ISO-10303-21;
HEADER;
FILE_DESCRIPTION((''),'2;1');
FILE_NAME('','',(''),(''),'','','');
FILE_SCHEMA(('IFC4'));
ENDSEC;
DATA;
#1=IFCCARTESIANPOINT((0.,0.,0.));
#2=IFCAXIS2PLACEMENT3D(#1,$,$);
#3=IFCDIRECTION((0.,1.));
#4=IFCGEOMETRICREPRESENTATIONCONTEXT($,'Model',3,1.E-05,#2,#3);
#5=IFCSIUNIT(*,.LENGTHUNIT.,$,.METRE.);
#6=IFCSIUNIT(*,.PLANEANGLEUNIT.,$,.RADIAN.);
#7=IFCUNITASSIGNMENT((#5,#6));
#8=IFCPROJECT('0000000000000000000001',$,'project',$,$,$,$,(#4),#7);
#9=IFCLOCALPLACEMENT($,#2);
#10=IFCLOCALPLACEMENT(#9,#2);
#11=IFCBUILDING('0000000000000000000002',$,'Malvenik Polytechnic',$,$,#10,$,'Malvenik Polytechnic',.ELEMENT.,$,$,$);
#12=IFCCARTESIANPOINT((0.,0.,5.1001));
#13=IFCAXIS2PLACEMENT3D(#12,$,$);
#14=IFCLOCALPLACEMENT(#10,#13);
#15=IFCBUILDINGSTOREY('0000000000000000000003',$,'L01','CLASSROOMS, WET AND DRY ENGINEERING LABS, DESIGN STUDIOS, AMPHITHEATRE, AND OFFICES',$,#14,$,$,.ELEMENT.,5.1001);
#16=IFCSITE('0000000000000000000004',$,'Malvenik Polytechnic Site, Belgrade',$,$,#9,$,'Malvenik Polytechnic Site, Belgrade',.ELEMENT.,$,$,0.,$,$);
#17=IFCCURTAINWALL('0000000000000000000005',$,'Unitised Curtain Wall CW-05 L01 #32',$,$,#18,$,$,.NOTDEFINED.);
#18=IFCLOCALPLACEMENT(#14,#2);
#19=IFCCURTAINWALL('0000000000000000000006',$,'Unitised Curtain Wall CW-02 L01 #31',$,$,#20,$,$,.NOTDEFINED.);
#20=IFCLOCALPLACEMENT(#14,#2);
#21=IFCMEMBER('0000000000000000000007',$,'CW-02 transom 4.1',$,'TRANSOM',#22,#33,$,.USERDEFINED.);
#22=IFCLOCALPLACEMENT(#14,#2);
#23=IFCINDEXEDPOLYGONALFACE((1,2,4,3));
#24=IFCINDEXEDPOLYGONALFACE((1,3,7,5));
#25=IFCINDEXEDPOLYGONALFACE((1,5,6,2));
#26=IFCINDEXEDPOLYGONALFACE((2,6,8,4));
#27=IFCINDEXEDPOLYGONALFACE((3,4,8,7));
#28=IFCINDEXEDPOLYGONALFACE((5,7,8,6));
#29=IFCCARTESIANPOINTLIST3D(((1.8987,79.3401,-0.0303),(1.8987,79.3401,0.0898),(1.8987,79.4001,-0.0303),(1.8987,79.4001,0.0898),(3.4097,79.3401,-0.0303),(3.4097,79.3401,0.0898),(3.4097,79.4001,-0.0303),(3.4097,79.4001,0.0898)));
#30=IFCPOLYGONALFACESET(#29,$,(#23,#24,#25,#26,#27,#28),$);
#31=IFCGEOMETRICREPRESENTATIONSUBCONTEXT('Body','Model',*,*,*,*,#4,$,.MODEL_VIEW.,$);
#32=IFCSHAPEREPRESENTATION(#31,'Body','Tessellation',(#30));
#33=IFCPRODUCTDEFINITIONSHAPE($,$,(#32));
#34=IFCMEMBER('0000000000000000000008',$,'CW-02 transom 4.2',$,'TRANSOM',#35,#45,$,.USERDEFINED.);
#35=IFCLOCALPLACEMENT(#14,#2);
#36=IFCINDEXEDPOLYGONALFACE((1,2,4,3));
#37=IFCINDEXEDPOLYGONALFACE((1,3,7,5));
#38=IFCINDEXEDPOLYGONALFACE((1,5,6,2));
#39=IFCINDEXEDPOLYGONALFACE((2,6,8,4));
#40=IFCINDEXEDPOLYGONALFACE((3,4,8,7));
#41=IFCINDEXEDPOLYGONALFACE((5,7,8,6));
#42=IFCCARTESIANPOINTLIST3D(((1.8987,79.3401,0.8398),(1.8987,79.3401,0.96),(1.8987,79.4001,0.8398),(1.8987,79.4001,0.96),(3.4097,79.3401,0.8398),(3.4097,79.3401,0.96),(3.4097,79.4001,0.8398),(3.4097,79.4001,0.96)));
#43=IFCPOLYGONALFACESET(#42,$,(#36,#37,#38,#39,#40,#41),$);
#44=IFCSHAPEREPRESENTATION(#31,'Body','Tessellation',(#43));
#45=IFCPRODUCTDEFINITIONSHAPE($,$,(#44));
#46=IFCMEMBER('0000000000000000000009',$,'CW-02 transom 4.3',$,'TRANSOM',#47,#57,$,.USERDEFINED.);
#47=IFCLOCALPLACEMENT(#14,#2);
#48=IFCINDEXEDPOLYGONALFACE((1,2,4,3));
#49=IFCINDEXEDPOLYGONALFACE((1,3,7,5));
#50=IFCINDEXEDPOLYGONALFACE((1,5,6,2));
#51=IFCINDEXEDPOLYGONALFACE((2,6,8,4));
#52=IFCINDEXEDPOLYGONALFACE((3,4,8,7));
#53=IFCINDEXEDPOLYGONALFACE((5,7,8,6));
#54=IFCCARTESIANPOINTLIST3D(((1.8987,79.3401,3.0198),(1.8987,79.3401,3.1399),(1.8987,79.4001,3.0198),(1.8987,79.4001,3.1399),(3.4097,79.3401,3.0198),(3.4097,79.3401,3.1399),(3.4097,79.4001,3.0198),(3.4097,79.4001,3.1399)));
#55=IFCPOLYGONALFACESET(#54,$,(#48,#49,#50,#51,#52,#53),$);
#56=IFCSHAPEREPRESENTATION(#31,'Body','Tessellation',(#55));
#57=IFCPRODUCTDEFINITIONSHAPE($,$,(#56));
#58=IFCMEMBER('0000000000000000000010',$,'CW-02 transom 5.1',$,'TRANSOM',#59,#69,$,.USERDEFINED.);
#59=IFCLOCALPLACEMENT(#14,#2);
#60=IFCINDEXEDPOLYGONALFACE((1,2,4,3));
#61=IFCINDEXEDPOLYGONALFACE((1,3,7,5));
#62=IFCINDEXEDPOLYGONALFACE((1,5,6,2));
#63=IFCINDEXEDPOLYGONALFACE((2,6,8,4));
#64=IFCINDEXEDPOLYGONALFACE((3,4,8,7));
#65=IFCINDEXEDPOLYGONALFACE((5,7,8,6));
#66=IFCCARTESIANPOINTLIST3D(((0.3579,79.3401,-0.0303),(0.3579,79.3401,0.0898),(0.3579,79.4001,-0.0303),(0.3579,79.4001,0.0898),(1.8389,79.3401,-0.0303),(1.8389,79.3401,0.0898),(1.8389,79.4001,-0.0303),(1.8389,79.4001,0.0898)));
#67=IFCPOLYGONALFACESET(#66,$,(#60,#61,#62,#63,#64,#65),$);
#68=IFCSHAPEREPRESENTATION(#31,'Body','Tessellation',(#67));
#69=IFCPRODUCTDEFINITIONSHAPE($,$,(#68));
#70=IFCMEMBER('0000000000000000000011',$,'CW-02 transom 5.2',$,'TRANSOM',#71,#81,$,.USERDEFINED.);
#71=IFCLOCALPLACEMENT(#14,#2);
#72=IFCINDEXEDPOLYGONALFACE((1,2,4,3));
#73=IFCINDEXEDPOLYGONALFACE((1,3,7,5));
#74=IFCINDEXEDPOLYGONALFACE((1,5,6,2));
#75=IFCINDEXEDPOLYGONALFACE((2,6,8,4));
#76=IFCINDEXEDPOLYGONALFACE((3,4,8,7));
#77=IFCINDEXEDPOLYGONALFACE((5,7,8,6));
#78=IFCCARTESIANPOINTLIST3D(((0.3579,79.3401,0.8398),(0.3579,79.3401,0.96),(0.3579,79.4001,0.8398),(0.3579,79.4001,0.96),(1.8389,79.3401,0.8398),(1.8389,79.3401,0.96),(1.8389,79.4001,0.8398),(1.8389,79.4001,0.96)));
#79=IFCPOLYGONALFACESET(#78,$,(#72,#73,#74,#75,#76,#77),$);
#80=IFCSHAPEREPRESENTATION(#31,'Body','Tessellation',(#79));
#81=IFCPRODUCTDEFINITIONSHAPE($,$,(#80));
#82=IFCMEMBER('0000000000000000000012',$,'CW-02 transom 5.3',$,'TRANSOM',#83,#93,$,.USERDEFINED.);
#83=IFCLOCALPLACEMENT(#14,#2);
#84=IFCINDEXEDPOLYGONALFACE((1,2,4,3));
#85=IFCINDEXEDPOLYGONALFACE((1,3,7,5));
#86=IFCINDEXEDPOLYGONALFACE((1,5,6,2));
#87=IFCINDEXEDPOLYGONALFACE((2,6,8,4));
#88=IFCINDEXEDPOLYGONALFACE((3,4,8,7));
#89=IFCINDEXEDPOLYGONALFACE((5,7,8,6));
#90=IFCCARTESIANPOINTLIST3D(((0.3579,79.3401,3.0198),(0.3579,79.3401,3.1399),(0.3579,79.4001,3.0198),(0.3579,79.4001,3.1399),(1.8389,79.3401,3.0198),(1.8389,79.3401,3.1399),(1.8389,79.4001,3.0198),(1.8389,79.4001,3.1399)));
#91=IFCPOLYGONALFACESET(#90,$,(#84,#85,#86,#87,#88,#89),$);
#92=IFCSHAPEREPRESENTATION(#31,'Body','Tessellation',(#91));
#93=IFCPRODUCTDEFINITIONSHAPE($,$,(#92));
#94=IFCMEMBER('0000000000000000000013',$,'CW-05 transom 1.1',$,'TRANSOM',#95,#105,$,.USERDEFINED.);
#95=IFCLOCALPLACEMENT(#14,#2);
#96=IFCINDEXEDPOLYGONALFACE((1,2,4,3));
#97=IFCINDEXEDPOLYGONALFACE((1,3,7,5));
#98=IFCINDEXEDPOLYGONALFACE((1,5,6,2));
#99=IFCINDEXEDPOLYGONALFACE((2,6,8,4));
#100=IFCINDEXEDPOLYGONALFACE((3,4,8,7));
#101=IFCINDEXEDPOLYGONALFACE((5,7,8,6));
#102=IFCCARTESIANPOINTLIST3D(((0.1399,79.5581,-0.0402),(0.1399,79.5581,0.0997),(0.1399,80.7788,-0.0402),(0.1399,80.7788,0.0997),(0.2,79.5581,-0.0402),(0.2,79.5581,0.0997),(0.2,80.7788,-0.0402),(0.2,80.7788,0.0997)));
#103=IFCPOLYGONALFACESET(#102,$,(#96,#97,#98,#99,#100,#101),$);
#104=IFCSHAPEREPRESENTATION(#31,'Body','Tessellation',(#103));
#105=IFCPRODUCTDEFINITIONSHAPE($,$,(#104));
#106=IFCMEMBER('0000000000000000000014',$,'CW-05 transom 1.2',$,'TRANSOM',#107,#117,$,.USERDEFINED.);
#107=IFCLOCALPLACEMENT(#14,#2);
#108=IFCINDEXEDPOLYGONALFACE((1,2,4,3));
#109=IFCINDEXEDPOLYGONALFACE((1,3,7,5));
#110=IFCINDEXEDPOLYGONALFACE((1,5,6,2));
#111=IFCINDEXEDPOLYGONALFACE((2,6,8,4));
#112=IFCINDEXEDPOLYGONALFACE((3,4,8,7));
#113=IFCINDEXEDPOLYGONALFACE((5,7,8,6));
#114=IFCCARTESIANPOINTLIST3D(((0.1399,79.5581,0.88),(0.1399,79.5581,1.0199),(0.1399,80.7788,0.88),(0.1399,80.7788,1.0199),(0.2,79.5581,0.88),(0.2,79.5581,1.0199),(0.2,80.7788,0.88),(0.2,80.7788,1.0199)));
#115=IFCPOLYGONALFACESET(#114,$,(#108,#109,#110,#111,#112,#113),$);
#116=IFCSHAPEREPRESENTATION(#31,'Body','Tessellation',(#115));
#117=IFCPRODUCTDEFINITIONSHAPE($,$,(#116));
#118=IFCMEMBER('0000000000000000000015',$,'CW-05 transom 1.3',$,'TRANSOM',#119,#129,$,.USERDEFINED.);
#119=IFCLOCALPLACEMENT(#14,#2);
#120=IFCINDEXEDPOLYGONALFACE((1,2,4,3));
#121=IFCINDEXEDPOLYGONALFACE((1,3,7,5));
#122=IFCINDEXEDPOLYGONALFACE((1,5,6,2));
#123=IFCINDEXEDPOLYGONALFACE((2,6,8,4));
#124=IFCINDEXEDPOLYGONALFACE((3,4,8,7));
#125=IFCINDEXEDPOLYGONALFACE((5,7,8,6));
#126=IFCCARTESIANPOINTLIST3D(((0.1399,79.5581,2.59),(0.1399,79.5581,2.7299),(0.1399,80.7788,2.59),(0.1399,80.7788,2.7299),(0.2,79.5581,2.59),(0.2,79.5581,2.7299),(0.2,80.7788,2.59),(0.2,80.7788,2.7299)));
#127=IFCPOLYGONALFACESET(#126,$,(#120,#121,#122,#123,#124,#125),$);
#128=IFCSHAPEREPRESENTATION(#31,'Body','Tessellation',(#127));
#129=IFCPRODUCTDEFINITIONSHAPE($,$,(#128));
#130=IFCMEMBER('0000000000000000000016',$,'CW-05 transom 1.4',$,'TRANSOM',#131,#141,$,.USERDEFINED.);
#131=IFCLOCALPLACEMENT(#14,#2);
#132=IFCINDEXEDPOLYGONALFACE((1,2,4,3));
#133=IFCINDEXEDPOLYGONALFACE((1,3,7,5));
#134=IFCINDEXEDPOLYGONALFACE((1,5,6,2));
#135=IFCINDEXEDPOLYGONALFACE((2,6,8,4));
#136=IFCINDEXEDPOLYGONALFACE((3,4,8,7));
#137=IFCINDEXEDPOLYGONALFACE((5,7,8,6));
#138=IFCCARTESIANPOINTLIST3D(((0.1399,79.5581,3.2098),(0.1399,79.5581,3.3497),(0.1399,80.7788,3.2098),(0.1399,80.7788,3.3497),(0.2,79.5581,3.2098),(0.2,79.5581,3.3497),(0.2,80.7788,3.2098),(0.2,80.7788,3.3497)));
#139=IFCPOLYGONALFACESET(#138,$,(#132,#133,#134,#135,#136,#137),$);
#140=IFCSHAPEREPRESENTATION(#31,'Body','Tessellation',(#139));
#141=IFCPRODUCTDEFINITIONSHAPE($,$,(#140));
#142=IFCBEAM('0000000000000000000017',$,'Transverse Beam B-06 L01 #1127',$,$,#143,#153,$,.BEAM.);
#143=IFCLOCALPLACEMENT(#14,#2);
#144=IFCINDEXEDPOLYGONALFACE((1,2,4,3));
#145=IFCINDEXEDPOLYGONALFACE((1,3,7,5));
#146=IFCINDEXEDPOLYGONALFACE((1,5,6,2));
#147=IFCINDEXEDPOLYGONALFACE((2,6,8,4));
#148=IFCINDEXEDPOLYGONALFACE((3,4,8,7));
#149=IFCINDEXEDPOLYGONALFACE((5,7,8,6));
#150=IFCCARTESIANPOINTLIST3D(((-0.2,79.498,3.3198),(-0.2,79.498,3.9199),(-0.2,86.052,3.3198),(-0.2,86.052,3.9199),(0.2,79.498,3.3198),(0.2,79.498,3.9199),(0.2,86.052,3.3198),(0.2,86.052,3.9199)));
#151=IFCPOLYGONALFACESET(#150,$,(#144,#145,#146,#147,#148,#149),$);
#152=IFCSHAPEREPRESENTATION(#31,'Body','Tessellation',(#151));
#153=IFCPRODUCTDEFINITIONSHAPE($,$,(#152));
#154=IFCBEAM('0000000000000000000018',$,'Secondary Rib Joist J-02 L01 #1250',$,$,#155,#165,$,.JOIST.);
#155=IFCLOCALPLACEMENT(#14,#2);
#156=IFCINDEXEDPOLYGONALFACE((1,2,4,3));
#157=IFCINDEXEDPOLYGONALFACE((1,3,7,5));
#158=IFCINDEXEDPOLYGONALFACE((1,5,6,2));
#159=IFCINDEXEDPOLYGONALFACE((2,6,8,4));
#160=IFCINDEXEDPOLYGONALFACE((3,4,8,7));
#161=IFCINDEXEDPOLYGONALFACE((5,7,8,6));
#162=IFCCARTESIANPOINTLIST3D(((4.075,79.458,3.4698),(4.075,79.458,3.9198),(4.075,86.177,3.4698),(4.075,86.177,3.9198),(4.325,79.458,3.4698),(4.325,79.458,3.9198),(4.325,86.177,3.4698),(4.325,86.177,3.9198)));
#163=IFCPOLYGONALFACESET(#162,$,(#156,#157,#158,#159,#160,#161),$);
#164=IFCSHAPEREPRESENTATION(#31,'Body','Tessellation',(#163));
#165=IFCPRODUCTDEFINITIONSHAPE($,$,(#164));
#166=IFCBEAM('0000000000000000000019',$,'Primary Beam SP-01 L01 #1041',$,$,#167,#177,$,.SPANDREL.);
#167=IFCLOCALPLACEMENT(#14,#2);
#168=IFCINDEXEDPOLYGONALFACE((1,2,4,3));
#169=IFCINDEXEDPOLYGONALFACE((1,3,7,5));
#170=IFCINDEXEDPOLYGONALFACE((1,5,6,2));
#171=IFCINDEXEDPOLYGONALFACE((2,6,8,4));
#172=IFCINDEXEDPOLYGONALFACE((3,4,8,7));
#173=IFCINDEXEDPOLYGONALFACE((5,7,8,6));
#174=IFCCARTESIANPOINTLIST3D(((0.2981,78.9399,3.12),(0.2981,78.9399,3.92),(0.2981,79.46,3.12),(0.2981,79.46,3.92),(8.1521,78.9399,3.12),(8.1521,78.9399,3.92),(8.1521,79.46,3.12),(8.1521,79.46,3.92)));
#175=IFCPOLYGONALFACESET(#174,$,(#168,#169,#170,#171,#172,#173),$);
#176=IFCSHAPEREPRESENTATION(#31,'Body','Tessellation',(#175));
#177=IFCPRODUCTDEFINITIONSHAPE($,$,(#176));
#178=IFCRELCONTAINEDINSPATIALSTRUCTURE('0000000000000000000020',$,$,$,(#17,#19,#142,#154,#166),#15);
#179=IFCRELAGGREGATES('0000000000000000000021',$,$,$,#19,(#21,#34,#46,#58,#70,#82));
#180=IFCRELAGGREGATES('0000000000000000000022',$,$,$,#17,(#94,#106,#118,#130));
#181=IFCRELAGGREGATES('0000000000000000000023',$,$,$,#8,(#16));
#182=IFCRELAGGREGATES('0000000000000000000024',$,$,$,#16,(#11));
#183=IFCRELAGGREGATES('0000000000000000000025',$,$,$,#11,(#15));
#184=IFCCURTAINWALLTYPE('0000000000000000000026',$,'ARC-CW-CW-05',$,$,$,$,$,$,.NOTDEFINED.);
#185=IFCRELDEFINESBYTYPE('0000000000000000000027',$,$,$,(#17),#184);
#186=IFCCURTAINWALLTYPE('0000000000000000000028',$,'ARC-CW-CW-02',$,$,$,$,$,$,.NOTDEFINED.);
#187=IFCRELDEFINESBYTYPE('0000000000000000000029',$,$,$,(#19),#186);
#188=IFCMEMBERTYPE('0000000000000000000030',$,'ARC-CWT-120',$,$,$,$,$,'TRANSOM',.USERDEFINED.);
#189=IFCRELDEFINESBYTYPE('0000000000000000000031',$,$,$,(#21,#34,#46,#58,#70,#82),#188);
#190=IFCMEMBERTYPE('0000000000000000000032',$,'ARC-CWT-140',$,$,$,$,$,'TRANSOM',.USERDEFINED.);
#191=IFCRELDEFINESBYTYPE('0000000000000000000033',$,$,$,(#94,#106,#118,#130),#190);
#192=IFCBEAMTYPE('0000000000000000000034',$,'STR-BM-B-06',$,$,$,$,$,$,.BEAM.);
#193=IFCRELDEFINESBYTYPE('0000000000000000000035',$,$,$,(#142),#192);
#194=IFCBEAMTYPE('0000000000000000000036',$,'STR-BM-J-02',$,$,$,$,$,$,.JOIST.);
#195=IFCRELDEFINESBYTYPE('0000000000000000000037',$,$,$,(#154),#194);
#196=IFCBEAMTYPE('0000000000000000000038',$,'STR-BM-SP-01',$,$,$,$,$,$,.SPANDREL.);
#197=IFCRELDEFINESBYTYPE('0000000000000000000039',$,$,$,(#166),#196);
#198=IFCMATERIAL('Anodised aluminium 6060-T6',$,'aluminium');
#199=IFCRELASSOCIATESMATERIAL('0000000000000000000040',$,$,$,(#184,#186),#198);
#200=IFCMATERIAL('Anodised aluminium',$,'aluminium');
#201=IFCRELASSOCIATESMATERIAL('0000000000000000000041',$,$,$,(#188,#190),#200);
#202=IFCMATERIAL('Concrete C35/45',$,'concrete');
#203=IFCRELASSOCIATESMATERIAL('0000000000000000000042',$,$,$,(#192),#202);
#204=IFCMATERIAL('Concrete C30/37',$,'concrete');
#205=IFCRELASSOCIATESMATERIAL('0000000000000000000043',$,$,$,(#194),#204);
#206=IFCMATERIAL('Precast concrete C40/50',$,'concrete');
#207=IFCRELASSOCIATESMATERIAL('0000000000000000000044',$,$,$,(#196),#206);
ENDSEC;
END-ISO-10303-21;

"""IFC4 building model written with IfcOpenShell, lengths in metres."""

from ifc_helpers import new_model, si_unit, direction, frame, origin, origin_2d, place, context, subcontext, project, spatial, rectangle, extrude, material, material_profile, profile_set, type_object, element, aggregate, save


model = new_model("IFC4")

# Units and contexts
model_context = context("Model", 3, precision=1e-05, world=origin(), true_north=direction((0.0, 1.0)))
body_context = subcontext(model_context, "Body", "Model", "MODEL_VIEW")
ifc_project = project(units=[si_unit("LENGTHUNIT", "METRE"), si_unit("PLANEANGLEUNIT", "RADIAN")], contexts=[model_context])

# Site, building, storey
site_placement = place(None, origin())
site = spatial("IfcSite", under=ifc_project, at=site_placement, Name="Malvenik Polytechnic Site, Belgrade", LongName="Malvenik Polytechnic Site, Belgrade", CompositionType="ELEMENT", RefElevation=0.0)
building_placement = place(site_placement, origin())
building = spatial("IfcBuilding", under=site, at=building_placement, Name="Malvenik Polytechnic", LongName="Malvenik Polytechnic", CompositionType="ELEMENT")
storey_placement = place(building_placement, frame((0.0, 0.0, 5.1001)))
storey = spatial("IfcBuildingStorey", under=building, at=storey_placement, Name="L01", Description="CLASSROOMS, WET AND DRY ENGINEERING LABS, DESIGN STUDIOS, AMPHITHEATRE, AND OFFICES", CompositionType="ELEMENT", Elevation=5.1001)

# Shared definitions
ifc_material_1 = material(Name="Concrete C35/45", Category="concrete")

# Curtain walls, members
ifc_material_2 = material(Name="Anodised aluminium 6060-T6", Category="aluminium")
curtain_wall_type_1 = type_object("IfcCurtainWallType", Name="ARC-CW-CW-05", PredefinedType="NOTDEFINED", material=ifc_material_2)
curtain_wall_1_placement = place(storey_placement, origin())
curtain_wall_1 = element("IfcCurtainWall", 1, at=curtain_wall_1_placement, inside=storey, type_object=curtain_wall_type_1, Name="Unitised Curtain Wall CW-05 L01 #32", PredefinedType="NOTDEFINED")
ifc_material_3 = material(Name="Anodised aluminium", Category="aluminium")
curtain_wall_type_2 = type_object("IfcCurtainWallType", Name="ARC-CW-CW-02", PredefinedType="NOTDEFINED", material=ifc_material_2)
curtain_wall_2_placement = place(storey_placement, origin())
curtain_wall_2 = element("IfcCurtainWall", 2, at=curtain_wall_2_placement, inside=storey, type_object=curtain_wall_type_2, Name="Unitised Curtain Wall CW-02 L01 #31", PredefinedType="NOTDEFINED")
ifc_material_profile_1 = material_profile(ifc_material_3, rectangle(XDim=0.0601, YDim=0.1201, at=origin_2d()), Name="ALU TRANSOM 60x120")
ifc_profile_set_1 = profile_set([ifc_material_profile_1], Name="Anodised aluminium")
member_type_1 = type_object("IfcMemberType", Name="ARC-CWT-120", ElementType="TRANSOM", PredefinedType="USERDEFINED", material=ifc_profile_set_1)
member_1_placement = place(storey_placement, frame((3.4097, 79.3701, 0.0298), z_axis=(-1.0, 0.0, 0.0), x_axis=(0.0, -1.0, 0.0)))
member_1 = element("IfcMember", 3, at=member_1_placement, type_object=member_type_1, Name="CW-02 transom 4.1", ObjectType="TRANSOM", PredefinedType="USERDEFINED", context=body_context, shape_type="SweptSolid", body=[
    extrude(rectangle(XDim=0.0601, YDim=0.1201, at=origin_2d()), origin(), (0.0, 0.0, 1.0), 1.511),
])
member_2_placement = place(storey_placement, frame((3.4097, 79.3701, 0.8999), z_axis=(-1.0, 0.0, 0.0), x_axis=(0.0, -1.0, 0.0)))
member_2 = element("IfcMember", 4, at=member_2_placement, type_object=member_type_1, Name="CW-02 transom 4.2", ObjectType="TRANSOM", PredefinedType="USERDEFINED", context=body_context, shape_type="SweptSolid", body=[
    extrude(rectangle(XDim=0.0601, YDim=0.1201, at=origin_2d()), origin(), (0.0, 0.0, 1.0), 1.511),
])
member_3_placement = place(storey_placement, frame((3.4097, 79.3701, 3.0798), z_axis=(-1.0, 0.0, 0.0), x_axis=(0.0, -1.0, 0.0)))
member_3 = element("IfcMember", 5, at=member_3_placement, type_object=member_type_1, Name="CW-02 transom 4.3", ObjectType="TRANSOM", PredefinedType="USERDEFINED", context=body_context, shape_type="SweptSolid", body=[
    extrude(rectangle(XDim=0.0601, YDim=0.1201, at=origin_2d()), origin(), (0.0, 0.0, 1.0), 1.511),
])
member_4_placement = place(storey_placement, frame((1.8389, 79.3701, 0.0298), z_axis=(-1.0, 0.0, 0.0), x_axis=(0.0, -1.0, 0.0)))
member_4 = element("IfcMember", 6, at=member_4_placement, type_object=member_type_1, Name="CW-02 transom 5.1", ObjectType="TRANSOM", PredefinedType="USERDEFINED", context=body_context, shape_type="SweptSolid", body=[
    extrude(rectangle(XDim=0.0601, YDim=0.1201, at=origin_2d()), origin(), (0.0, 0.0, 1.0), 1.481),
])
member_5_placement = place(storey_placement, frame((1.8389, 79.3701, 0.8999), z_axis=(-1.0, 0.0, 0.0), x_axis=(0.0, -1.0, 0.0)))
member_5 = element("IfcMember", 7, at=member_5_placement, type_object=member_type_1, Name="CW-02 transom 5.2", ObjectType="TRANSOM", PredefinedType="USERDEFINED", context=body_context, shape_type="SweptSolid", body=[
    extrude(rectangle(XDim=0.0601, YDim=0.1201, at=origin_2d()), origin(), (0.0, 0.0, 1.0), 1.481),
])
member_6_placement = place(storey_placement, frame((1.8389, 79.3701, 3.0798), z_axis=(-1.0, 0.0, 0.0), x_axis=(0.0, -1.0, 0.0)))
member_6 = element("IfcMember", 8, at=member_6_placement, type_object=member_type_1, Name="CW-02 transom 5.3", ObjectType="TRANSOM", PredefinedType="USERDEFINED", context=body_context, shape_type="SweptSolid", body=[
    extrude(rectangle(XDim=0.0601, YDim=0.1201, at=origin_2d()), origin(), (0.0, 0.0, 1.0), 1.481),
])

# Members
ifc_material_profile_2 = material_profile(ifc_material_3, rectangle(XDim=0.0601, YDim=0.1399, at=origin_2d()), Name="ALU TRANSOM 60x140")
ifc_profile_set_2 = profile_set([ifc_material_profile_2], Name="Anodised aluminium")
member_type_2 = type_object("IfcMemberType", Name="ARC-CWT-140", ElementType="TRANSOM", PredefinedType="USERDEFINED", material=ifc_profile_set_2)
member_7_placement = place(storey_placement, frame((0.1699, 79.5581, 0.0298), z_axis=(0.0, 1.0, 0.0), x_axis=(-1.0, 0.0, 0.0)))
member_7 = element("IfcMember", 9, at=member_7_placement, type_object=member_type_2, Name="CW-05 transom 1.1", ObjectType="TRANSOM", PredefinedType="USERDEFINED", context=body_context, shape_type="SweptSolid", body=[
    extrude(rectangle(XDim=0.0601, YDim=0.1399, at=origin_2d()), origin(), (0.0, 0.0, 1.0), 1.2207),
])
member_8_placement = place(storey_placement, frame((0.1699, 79.5581, 0.95), z_axis=(0.0, 1.0, 0.0), x_axis=(-1.0, 0.0, 0.0)))
member_8 = element("IfcMember", 10, at=member_8_placement, type_object=member_type_2, Name="CW-05 transom 1.2", ObjectType="TRANSOM", PredefinedType="USERDEFINED", context=body_context, shape_type="SweptSolid", body=[
    extrude(rectangle(XDim=0.0601, YDim=0.1399, at=origin_2d()), origin(), (0.0, 0.0, 1.0), 1.2207),
])
member_9_placement = place(storey_placement, frame((0.1699, 79.5581, 2.6599), z_axis=(0.0, 1.0, 0.0), x_axis=(-1.0, 0.0, 0.0)))
member_9 = element("IfcMember", 11, at=member_9_placement, type_object=member_type_2, Name="CW-05 transom 1.3", ObjectType="TRANSOM", PredefinedType="USERDEFINED", context=body_context, shape_type="SweptSolid", body=[
    extrude(rectangle(XDim=0.0601, YDim=0.1399, at=origin_2d()), origin(), (0.0, 0.0, 1.0), 1.2207),
])
member_10_placement = place(storey_placement, frame((0.1699, 79.5581, 3.2798), z_axis=(0.0, 1.0, 0.0), x_axis=(-1.0, 0.0, 0.0)))
member_10 = element("IfcMember", 12, at=member_10_placement, type_object=member_type_2, Name="CW-05 transom 1.4", ObjectType="TRANSOM", PredefinedType="USERDEFINED", context=body_context, shape_type="SweptSolid", body=[
    extrude(rectangle(XDim=0.0601, YDim=0.1399, at=origin_2d()), origin(), (0.0, 0.0, 1.0), 1.2207),
])

# Beams
ifc_material_profile_3 = material_profile(ifc_material_1, rectangle(XDim=0.3999, YDim=0.6001, at=origin_2d()), Name="RC BM 400x600")
ifc_profile_set_3 = profile_set([ifc_material_profile_3], Name="Concrete C35/45")
beam_type_1 = type_object("IfcBeamType", Name="STR-BM-B-06", PredefinedType="BEAM", material=ifc_profile_set_3)
beam_1_placement = place(storey_placement, frame((0.0, 79.498, 3.6199), z_axis=(0.0, 1.0, 0.0), x_axis=(-1.0, 0.0, 0.0)))
element("IfcBeam", 13, at=beam_1_placement, inside=storey, type_object=beam_type_1, Name="Transverse Beam B-06 L01 #1127", PredefinedType="BEAM", context=body_context, shape_type="SweptSolid", body=[
    extrude(rectangle(XDim=0.3999, YDim=0.6001, at=origin_2d()), origin(), (0.0, 0.0, 1.0), 6.554),
])
ifc_material_4 = material(Name="Concrete C30/37", Category="concrete")
ifc_material_profile_4 = material_profile(ifc_material_4, rectangle(XDim=0.25, YDim=0.45, at=origin_2d()), Name="RC JST 250x450")
ifc_profile_set_4 = profile_set([ifc_material_profile_4], Name="Concrete C30/37")
beam_type_2 = type_object("IfcBeamType", Name="STR-BM-J-02", PredefinedType="JOIST", material=ifc_profile_set_4)
beam_2_placement = place(storey_placement, frame((4.2, 79.458, 3.6948), z_axis=(0.0, 1.0, 0.0), x_axis=(-1.0, 0.0, 0.0)))
element("IfcBeam", 14, at=beam_2_placement, inside=storey, type_object=beam_type_2, Name="Secondary Rib Joist J-02 L01 #1250", PredefinedType="JOIST", context=body_context, shape_type="SweptSolid", body=[
    extrude(rectangle(XDim=0.25, YDim=0.45, at=origin_2d()), origin(), (0.0, 0.0, 1.0), 6.719),
])
ifc_material_5 = material(Name="Precast concrete C40/50", Category="concrete")
ifc_material_profile_5 = material_profile(ifc_material_5, rectangle(XDim=0.52, YDim=0.8, at=origin_2d()), Name="PC SPN 520x800")
ifc_profile_set_5 = profile_set([ifc_material_profile_5], Name="Precast concrete C40/50")
beam_type_3 = type_object("IfcBeamType", Name="STR-BM-SP-01", PredefinedType="SPANDREL", material=ifc_profile_set_5)
beam_3_placement = place(storey_placement, frame((0.2981, 79.2, 3.52), z_axis=(1.0, 0.0, 0.0), x_axis=(0.0, 1.0, 0.0)))
element("IfcBeam", 15, at=beam_3_placement, inside=storey, type_object=beam_type_3, Name="Primary Beam SP-01 L01 #1041", PredefinedType="SPANDREL", context=body_context, shape_type="SweptSolid", body=[
    extrude(rectangle(XDim=0.52, YDim=0.8, at=origin_2d()), origin(), (0.0, 0.0, 1.0), 7.854),
])

aggregate(curtain_wall_2, [member_1, member_2, member_3, member_4, member_5, member_6])
aggregate(curtain_wall_1, [member_7, member_8, member_9, member_10])

save(model, "model.ifc")
